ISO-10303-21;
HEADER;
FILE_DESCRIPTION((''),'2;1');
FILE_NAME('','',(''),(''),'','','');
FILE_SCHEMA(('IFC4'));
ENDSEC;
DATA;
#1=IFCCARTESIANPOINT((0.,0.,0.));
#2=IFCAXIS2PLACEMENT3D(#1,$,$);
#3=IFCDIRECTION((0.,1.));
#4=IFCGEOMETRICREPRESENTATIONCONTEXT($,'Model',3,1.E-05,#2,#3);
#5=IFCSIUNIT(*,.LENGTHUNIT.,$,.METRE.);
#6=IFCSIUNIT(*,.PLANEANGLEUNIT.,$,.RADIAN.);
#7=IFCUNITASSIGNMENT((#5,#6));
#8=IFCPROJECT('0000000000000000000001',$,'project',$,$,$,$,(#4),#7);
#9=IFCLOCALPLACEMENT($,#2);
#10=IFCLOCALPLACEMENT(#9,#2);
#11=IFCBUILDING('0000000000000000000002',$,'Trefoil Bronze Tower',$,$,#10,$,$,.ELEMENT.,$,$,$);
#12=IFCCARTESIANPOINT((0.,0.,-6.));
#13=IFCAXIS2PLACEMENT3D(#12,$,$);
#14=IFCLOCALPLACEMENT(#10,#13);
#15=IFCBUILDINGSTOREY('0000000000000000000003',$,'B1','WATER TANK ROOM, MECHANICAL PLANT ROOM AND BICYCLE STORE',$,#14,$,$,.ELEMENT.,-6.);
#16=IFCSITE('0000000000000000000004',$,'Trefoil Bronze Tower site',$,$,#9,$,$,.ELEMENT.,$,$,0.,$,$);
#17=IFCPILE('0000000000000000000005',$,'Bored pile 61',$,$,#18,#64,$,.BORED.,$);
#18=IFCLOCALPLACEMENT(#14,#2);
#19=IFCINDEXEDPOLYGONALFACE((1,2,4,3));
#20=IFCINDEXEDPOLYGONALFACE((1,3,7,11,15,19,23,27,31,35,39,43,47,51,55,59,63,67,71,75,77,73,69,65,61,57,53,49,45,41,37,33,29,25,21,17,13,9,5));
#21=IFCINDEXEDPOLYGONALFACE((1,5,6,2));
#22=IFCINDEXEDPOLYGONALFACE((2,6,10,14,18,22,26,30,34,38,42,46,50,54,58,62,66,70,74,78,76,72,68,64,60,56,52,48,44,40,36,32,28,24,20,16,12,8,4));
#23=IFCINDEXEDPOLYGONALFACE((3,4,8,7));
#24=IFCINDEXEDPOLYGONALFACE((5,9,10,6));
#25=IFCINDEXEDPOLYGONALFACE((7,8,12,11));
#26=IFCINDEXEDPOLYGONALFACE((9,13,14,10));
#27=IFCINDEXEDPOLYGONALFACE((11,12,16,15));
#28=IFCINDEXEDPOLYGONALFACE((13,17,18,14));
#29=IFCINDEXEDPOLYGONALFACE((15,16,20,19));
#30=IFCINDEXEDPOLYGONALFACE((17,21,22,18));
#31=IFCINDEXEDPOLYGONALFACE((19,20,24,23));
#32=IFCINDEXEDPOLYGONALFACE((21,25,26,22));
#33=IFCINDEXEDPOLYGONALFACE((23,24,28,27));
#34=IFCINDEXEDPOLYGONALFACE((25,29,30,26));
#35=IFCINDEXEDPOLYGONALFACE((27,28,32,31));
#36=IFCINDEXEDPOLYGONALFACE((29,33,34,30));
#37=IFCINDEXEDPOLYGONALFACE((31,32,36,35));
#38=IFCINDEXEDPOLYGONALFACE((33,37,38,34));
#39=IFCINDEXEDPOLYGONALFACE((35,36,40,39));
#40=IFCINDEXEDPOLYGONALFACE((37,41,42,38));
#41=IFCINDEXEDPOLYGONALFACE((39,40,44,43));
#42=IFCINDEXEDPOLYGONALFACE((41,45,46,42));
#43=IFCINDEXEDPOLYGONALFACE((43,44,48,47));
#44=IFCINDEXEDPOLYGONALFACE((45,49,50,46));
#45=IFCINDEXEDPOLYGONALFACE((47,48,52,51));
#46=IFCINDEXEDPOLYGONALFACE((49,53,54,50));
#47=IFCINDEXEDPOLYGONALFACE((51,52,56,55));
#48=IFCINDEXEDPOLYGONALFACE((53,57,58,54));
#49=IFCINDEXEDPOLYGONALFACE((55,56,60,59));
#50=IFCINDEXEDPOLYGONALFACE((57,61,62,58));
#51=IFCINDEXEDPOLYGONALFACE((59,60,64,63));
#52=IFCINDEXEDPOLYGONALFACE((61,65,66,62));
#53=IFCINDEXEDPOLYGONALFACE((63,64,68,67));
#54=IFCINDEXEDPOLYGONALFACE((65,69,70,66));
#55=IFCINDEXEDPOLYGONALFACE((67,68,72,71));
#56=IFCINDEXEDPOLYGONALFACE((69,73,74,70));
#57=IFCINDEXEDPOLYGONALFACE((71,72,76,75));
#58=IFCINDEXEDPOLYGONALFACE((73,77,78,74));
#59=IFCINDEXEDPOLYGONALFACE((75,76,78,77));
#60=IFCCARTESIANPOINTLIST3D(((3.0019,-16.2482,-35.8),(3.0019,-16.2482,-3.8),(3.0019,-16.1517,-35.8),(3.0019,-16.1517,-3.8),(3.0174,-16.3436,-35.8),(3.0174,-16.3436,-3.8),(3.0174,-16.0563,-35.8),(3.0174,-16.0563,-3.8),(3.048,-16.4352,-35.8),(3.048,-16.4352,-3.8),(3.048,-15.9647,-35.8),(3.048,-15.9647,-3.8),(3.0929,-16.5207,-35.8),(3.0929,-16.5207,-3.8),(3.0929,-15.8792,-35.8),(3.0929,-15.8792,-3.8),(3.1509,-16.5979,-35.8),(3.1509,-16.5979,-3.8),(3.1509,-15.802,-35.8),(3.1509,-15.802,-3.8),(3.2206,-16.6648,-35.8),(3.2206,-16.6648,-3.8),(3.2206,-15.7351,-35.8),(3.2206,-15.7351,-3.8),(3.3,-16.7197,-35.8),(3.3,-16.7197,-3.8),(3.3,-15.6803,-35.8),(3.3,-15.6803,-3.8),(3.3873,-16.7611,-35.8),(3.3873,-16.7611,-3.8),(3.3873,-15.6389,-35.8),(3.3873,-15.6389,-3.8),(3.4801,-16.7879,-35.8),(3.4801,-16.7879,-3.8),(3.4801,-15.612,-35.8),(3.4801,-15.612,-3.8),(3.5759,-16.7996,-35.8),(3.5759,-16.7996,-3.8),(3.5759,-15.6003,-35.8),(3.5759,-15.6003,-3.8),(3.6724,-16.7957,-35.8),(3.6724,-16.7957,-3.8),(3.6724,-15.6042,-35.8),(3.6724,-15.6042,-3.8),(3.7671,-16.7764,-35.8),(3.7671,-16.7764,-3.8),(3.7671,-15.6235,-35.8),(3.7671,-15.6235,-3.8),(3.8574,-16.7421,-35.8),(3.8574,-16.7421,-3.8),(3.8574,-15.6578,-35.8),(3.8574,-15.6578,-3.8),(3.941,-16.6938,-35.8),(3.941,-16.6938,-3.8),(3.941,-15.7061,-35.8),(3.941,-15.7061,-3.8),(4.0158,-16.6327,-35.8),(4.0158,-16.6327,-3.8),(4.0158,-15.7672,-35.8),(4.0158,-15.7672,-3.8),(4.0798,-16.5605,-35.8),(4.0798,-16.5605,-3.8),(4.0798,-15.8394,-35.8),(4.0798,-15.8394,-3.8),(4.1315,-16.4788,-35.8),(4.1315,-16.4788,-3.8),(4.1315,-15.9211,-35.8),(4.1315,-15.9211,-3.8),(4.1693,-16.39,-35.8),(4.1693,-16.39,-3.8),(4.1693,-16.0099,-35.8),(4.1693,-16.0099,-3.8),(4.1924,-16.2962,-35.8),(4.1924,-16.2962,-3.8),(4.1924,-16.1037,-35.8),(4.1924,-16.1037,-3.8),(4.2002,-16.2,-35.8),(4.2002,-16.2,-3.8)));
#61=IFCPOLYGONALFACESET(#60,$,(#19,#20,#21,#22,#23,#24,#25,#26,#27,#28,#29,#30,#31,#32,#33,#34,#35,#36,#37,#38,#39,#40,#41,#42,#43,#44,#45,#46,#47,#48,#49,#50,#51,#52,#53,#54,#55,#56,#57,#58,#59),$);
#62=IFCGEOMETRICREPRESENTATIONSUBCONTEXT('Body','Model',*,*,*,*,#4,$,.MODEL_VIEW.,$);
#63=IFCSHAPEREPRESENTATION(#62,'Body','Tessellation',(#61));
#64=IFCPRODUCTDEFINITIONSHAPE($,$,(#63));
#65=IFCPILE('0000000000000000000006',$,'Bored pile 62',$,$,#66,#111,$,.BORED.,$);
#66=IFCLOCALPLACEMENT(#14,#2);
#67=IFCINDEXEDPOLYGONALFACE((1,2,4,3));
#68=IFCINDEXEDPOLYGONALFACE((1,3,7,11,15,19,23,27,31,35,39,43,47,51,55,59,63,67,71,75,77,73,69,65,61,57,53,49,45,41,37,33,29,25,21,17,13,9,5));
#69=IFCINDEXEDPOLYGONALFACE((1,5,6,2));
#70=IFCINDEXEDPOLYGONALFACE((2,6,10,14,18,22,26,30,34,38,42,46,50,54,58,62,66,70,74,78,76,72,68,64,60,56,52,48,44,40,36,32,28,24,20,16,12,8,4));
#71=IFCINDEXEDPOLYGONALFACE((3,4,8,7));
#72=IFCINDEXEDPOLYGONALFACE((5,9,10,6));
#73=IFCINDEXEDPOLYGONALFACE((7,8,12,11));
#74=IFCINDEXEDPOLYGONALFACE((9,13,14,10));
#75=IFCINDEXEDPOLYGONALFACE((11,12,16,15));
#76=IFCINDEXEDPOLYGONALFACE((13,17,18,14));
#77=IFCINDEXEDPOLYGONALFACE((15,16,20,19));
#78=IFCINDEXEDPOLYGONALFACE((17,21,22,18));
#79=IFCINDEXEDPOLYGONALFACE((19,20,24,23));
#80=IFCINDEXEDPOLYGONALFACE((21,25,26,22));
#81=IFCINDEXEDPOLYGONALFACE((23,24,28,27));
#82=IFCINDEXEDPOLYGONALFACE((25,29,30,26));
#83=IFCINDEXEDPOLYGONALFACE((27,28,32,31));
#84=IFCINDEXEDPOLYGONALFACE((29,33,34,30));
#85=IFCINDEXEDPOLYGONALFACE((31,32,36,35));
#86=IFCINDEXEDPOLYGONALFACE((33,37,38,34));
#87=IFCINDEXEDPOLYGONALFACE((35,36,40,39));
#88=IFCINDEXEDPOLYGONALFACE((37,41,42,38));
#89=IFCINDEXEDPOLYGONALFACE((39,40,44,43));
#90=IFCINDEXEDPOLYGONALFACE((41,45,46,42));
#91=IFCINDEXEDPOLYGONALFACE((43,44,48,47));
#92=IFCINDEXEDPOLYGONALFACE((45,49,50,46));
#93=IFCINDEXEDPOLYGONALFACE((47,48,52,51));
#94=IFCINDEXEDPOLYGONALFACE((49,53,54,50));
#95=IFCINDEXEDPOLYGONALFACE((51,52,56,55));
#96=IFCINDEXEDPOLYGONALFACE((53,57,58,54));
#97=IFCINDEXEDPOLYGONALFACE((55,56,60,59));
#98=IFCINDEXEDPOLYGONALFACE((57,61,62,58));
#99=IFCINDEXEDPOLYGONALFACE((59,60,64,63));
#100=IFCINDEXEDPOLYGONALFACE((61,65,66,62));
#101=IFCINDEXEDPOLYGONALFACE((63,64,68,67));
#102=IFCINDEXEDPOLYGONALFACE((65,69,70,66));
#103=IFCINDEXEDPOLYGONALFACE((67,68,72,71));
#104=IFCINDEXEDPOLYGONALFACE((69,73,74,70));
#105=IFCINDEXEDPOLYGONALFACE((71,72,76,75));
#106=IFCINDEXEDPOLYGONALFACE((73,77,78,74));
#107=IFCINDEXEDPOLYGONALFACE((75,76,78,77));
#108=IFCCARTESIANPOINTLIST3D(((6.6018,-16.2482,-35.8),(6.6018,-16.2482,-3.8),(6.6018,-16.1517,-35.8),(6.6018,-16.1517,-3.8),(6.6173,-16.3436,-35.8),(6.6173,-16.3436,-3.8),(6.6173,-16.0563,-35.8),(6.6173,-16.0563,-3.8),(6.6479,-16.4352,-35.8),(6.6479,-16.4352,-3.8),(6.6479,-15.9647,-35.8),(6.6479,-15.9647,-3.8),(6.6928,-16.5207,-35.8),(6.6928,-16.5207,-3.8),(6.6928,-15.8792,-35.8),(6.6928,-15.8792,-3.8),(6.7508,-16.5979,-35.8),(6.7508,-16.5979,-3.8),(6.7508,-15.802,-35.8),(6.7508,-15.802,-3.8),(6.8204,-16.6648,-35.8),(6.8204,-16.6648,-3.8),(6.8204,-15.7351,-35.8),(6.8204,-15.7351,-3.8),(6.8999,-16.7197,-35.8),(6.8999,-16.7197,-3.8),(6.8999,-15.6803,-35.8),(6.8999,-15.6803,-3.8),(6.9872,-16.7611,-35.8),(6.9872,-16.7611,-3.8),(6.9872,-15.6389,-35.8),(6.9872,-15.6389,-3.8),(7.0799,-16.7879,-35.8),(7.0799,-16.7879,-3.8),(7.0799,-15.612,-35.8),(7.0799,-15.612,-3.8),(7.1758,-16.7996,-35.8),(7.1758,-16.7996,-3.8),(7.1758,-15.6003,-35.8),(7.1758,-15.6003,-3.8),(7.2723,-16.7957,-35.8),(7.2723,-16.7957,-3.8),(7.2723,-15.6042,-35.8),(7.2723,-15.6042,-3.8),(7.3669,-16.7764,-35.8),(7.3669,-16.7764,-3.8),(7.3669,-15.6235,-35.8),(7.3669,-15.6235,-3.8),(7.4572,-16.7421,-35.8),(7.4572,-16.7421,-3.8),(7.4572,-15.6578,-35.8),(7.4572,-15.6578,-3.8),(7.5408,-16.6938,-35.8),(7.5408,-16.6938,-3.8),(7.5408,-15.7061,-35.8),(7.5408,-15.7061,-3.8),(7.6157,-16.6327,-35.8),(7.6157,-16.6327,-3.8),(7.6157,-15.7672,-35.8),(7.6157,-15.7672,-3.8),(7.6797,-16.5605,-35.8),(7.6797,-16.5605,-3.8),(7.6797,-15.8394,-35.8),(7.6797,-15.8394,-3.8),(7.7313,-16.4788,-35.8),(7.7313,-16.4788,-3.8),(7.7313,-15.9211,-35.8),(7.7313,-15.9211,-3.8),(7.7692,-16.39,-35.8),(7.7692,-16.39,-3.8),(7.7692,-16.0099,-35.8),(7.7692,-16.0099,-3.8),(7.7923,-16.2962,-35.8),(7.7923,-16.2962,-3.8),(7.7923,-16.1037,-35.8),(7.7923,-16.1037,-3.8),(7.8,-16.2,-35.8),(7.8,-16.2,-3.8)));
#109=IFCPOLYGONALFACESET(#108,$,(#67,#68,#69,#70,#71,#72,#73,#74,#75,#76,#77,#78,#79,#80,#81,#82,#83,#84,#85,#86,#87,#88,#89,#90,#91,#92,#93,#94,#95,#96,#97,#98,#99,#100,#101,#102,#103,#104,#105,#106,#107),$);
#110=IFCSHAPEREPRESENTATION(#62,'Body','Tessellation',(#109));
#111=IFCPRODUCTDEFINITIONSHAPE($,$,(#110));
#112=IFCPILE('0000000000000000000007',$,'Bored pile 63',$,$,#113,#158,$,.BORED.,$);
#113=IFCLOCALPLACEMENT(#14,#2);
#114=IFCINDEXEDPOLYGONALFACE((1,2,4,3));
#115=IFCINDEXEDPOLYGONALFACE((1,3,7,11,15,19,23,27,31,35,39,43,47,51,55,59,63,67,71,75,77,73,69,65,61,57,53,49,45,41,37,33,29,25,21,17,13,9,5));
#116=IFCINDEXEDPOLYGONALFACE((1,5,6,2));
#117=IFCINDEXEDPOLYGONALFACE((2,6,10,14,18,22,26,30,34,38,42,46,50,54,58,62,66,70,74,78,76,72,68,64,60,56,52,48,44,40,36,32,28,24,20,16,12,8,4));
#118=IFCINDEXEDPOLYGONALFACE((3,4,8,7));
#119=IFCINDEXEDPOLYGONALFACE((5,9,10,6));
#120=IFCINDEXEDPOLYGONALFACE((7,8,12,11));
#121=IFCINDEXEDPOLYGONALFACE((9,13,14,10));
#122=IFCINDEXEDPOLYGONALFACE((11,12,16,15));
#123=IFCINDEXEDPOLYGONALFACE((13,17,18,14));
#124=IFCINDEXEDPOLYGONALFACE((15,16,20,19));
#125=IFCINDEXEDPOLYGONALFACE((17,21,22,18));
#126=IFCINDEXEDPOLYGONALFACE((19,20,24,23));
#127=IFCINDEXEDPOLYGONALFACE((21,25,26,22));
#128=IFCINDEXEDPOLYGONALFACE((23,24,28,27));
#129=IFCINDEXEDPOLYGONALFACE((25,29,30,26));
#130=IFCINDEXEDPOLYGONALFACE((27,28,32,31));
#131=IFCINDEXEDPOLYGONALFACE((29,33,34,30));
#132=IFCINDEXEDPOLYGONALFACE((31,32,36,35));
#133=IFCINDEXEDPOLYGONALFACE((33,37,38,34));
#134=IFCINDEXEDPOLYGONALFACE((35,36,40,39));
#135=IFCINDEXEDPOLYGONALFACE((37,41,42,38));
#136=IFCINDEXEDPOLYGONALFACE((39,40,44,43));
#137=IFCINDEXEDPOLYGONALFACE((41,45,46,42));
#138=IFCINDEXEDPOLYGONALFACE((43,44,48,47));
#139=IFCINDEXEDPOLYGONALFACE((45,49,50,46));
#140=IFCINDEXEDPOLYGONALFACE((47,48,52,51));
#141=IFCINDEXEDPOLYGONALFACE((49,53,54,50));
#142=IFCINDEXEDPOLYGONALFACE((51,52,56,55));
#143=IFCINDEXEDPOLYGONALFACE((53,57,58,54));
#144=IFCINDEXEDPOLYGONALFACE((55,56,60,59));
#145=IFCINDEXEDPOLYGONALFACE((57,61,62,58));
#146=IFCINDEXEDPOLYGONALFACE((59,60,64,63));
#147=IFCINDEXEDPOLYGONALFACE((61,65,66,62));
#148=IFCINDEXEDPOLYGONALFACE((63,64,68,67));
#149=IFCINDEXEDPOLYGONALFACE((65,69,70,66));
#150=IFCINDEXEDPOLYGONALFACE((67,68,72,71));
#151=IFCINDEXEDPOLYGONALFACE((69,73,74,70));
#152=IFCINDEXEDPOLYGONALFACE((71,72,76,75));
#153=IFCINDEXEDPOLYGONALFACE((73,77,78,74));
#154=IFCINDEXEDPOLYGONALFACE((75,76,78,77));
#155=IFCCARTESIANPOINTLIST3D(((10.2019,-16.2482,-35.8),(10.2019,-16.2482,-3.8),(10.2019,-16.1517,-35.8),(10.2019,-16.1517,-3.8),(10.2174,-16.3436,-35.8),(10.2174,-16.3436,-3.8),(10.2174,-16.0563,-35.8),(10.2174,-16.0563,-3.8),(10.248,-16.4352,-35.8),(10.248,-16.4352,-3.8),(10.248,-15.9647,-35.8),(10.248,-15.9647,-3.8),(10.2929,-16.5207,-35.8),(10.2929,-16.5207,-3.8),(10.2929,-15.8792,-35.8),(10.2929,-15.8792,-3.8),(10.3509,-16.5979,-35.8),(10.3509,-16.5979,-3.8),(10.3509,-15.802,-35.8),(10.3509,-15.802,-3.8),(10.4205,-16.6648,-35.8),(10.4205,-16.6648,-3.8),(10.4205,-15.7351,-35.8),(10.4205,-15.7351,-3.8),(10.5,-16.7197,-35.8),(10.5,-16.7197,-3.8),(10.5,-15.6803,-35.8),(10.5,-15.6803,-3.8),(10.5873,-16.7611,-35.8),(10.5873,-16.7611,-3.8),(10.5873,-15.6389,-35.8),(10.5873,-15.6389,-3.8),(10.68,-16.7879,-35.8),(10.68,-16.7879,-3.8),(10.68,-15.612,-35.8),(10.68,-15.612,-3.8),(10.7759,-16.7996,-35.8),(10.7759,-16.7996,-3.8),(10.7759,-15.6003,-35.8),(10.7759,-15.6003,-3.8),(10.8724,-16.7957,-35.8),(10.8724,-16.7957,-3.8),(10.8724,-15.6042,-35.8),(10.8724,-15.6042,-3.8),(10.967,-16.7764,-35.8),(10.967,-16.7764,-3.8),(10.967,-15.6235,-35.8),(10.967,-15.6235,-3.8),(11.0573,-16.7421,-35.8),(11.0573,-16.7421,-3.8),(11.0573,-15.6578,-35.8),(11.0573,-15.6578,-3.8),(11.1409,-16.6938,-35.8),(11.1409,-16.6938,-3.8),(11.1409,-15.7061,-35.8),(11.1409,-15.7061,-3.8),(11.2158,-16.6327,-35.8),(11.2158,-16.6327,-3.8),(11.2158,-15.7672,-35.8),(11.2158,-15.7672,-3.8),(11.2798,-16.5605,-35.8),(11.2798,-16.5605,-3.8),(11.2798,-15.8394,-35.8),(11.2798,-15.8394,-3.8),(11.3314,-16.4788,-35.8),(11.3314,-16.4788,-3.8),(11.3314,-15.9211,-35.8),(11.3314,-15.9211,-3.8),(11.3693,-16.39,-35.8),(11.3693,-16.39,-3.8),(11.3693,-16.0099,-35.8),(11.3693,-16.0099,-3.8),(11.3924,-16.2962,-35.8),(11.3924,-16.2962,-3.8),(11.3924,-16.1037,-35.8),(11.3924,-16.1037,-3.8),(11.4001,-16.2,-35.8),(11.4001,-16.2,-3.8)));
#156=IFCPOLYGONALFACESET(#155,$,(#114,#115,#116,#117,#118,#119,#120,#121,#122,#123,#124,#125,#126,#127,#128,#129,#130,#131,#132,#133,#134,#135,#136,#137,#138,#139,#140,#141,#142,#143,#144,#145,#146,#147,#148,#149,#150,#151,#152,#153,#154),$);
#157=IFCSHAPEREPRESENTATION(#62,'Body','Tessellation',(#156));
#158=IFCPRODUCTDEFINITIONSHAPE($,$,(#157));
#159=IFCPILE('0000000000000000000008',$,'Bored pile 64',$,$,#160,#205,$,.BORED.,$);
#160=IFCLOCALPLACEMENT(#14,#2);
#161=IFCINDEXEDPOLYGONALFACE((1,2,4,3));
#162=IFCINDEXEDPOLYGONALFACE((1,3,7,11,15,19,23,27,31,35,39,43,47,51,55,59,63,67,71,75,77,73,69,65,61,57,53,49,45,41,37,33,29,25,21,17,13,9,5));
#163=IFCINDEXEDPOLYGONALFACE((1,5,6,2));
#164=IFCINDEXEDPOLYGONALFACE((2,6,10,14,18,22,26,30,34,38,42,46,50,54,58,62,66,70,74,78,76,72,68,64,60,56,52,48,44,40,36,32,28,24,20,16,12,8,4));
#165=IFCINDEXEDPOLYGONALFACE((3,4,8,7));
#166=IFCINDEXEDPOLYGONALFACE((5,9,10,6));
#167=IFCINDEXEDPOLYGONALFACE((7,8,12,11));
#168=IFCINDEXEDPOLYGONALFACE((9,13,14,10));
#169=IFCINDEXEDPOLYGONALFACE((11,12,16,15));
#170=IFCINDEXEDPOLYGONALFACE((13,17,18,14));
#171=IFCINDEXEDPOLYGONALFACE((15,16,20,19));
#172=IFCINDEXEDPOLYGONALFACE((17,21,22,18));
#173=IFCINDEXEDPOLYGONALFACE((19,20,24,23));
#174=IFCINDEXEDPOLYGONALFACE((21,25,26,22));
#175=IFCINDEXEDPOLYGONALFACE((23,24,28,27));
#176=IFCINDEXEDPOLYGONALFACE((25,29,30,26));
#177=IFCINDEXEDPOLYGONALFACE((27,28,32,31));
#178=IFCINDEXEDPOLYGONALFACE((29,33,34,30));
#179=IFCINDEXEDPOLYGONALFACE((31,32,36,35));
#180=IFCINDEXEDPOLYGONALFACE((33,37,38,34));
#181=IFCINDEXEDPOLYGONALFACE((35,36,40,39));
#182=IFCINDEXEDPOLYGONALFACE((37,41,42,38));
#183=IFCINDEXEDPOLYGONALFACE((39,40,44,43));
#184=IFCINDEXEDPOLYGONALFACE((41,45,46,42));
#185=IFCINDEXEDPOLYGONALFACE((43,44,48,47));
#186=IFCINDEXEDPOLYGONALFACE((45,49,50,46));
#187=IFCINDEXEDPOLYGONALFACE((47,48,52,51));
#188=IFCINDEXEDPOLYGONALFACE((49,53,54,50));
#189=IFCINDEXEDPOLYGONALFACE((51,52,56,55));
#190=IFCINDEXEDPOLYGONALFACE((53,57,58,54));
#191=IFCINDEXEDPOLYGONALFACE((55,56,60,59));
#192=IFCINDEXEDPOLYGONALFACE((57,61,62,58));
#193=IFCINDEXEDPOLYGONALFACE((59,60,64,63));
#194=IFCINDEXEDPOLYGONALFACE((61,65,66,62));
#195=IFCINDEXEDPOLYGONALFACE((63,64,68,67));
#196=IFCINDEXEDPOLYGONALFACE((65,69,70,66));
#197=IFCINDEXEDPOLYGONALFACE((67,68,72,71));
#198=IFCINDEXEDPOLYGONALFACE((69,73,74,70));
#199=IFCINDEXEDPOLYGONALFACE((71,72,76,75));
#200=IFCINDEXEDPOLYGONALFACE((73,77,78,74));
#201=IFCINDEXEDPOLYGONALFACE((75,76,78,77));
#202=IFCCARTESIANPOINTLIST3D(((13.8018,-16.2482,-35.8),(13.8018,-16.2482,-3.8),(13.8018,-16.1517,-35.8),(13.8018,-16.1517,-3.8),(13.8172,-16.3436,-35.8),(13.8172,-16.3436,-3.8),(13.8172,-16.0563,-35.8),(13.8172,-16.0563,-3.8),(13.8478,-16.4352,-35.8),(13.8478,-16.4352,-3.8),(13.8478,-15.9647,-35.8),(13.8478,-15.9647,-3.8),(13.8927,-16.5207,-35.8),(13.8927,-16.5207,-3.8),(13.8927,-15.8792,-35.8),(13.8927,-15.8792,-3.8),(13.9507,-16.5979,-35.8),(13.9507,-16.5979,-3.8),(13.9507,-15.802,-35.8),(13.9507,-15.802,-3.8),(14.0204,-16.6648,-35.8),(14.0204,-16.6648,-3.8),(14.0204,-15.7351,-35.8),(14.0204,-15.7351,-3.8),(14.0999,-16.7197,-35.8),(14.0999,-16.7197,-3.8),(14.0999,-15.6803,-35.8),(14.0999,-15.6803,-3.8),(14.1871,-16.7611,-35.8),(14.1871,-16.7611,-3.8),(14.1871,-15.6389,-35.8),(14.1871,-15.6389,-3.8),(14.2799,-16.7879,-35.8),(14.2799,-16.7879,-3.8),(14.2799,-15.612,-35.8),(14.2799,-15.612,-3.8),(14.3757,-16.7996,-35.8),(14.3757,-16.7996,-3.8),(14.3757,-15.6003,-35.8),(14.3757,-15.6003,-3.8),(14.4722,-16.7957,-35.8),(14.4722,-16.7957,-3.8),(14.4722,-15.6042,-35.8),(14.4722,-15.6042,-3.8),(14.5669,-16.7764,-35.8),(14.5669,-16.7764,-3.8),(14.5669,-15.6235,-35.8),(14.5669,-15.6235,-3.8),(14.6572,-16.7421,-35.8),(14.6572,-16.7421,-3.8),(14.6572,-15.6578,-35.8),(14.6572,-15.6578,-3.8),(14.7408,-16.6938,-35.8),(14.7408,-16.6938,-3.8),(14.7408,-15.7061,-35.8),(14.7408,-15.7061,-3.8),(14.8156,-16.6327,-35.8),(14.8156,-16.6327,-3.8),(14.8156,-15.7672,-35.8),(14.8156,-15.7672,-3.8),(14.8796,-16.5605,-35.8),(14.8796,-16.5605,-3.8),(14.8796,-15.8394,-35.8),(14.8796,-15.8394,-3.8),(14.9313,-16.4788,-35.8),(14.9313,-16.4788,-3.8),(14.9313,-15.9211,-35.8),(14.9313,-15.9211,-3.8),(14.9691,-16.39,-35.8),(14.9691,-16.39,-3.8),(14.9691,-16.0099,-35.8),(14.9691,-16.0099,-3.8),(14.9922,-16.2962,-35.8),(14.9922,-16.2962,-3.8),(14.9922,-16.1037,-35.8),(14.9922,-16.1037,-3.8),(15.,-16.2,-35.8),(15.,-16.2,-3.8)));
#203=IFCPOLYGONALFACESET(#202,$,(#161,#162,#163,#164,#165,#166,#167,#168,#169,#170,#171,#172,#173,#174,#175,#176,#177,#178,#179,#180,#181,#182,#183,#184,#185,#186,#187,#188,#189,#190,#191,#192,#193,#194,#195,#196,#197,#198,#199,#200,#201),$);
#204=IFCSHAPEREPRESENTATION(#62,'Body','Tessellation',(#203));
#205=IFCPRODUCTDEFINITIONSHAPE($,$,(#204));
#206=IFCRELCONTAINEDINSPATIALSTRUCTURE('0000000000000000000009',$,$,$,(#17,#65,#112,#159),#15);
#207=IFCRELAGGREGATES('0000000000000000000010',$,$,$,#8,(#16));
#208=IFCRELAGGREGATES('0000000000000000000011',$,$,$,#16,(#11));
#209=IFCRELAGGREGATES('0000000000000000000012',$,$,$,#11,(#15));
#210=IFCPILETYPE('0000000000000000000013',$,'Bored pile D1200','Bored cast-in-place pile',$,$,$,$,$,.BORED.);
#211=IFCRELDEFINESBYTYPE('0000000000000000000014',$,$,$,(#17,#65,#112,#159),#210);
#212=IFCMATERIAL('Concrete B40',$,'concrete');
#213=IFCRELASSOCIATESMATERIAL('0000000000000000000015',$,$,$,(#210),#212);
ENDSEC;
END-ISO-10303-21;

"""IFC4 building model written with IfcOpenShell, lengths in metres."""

from ifc_helpers import new_model, si_unit, direction, frame, origin, origin_2d, place, context, subcontext, project, spatial, circle, extrude, material, type_object, element, save


model = new_model("IFC4")

# Units and contexts
model_context = context("Model", 3, precision=1e-05, world=origin(), true_north=direction((0.0, 1.0)))
body_context = subcontext(model_context, "Body", "Model", "MODEL_VIEW")
ifc_project = project(units=[si_unit("LENGTHUNIT", "METRE"), si_unit("PLANEANGLEUNIT", "RADIAN")], contexts=[model_context])

# Site, building, storey
site_placement = place(None, origin())
site = spatial("IfcSite", under=ifc_project, at=site_placement, Name="Trefoil Bronze Tower site", CompositionType="ELEMENT", RefElevation=0.0)
building_placement = place(site_placement, origin())
building = spatial("IfcBuilding", under=site, at=building_placement, Name="Trefoil Bronze Tower", CompositionType="ELEMENT")
storey_placement = place(building_placement, frame((0.0, 0.0, -6.0)))
storey = spatial("IfcBuildingStorey", under=building, at=storey_placement, Name="B1", Description="WATER TANK ROOM, MECHANICAL PLANT ROOM AND BICYCLE STORE", CompositionType="ELEMENT", Elevation=-6.0)

# Piles
ifc_material_1 = material(Name="Concrete B40", Category="concrete")
pile_type = type_object("IfcPileType", Name="Bored pile D1200", Description="Bored cast-in-place pile", PredefinedType="BORED", material=ifc_material_1)
for number, where, z_axis, x_axis, name in (
    (1, (3.6001, -16.2, -3.8), (0.0, 0.0, -1.0), (1.0, 0.0, 0.0), "Bored pile 61"),
    (2, (7.2, -16.2, -3.8), (0.0, 0.0, -1.0), (1.0, 0.0, 0.0), "Bored pile 62"),
    (3, (10.8, -16.2, -3.8), (0.0, 0.0, -1.0), (1.0, 0.0, 0.0), "Bored pile 63"),
    (4, (14.3999, -16.2, -3.8), (0.0, 0.0, -1.0), (1.0, 0.0, 0.0), "Bored pile 64"),
):
    element("IfcPile", number, at=place(storey_placement, frame(where, z_axis=z_axis, x_axis=x_axis)), inside=storey, type_object=pile_type, Name=name, PredefinedType="BORED", context=body_context, shape_type="SweptSolid", body=[
        extrude(circle(Radius=0.6001, at=origin_2d()), origin(), (0.0, 0.0, 1.0), 32.0),
    ])

save(model, "model.ifc")
